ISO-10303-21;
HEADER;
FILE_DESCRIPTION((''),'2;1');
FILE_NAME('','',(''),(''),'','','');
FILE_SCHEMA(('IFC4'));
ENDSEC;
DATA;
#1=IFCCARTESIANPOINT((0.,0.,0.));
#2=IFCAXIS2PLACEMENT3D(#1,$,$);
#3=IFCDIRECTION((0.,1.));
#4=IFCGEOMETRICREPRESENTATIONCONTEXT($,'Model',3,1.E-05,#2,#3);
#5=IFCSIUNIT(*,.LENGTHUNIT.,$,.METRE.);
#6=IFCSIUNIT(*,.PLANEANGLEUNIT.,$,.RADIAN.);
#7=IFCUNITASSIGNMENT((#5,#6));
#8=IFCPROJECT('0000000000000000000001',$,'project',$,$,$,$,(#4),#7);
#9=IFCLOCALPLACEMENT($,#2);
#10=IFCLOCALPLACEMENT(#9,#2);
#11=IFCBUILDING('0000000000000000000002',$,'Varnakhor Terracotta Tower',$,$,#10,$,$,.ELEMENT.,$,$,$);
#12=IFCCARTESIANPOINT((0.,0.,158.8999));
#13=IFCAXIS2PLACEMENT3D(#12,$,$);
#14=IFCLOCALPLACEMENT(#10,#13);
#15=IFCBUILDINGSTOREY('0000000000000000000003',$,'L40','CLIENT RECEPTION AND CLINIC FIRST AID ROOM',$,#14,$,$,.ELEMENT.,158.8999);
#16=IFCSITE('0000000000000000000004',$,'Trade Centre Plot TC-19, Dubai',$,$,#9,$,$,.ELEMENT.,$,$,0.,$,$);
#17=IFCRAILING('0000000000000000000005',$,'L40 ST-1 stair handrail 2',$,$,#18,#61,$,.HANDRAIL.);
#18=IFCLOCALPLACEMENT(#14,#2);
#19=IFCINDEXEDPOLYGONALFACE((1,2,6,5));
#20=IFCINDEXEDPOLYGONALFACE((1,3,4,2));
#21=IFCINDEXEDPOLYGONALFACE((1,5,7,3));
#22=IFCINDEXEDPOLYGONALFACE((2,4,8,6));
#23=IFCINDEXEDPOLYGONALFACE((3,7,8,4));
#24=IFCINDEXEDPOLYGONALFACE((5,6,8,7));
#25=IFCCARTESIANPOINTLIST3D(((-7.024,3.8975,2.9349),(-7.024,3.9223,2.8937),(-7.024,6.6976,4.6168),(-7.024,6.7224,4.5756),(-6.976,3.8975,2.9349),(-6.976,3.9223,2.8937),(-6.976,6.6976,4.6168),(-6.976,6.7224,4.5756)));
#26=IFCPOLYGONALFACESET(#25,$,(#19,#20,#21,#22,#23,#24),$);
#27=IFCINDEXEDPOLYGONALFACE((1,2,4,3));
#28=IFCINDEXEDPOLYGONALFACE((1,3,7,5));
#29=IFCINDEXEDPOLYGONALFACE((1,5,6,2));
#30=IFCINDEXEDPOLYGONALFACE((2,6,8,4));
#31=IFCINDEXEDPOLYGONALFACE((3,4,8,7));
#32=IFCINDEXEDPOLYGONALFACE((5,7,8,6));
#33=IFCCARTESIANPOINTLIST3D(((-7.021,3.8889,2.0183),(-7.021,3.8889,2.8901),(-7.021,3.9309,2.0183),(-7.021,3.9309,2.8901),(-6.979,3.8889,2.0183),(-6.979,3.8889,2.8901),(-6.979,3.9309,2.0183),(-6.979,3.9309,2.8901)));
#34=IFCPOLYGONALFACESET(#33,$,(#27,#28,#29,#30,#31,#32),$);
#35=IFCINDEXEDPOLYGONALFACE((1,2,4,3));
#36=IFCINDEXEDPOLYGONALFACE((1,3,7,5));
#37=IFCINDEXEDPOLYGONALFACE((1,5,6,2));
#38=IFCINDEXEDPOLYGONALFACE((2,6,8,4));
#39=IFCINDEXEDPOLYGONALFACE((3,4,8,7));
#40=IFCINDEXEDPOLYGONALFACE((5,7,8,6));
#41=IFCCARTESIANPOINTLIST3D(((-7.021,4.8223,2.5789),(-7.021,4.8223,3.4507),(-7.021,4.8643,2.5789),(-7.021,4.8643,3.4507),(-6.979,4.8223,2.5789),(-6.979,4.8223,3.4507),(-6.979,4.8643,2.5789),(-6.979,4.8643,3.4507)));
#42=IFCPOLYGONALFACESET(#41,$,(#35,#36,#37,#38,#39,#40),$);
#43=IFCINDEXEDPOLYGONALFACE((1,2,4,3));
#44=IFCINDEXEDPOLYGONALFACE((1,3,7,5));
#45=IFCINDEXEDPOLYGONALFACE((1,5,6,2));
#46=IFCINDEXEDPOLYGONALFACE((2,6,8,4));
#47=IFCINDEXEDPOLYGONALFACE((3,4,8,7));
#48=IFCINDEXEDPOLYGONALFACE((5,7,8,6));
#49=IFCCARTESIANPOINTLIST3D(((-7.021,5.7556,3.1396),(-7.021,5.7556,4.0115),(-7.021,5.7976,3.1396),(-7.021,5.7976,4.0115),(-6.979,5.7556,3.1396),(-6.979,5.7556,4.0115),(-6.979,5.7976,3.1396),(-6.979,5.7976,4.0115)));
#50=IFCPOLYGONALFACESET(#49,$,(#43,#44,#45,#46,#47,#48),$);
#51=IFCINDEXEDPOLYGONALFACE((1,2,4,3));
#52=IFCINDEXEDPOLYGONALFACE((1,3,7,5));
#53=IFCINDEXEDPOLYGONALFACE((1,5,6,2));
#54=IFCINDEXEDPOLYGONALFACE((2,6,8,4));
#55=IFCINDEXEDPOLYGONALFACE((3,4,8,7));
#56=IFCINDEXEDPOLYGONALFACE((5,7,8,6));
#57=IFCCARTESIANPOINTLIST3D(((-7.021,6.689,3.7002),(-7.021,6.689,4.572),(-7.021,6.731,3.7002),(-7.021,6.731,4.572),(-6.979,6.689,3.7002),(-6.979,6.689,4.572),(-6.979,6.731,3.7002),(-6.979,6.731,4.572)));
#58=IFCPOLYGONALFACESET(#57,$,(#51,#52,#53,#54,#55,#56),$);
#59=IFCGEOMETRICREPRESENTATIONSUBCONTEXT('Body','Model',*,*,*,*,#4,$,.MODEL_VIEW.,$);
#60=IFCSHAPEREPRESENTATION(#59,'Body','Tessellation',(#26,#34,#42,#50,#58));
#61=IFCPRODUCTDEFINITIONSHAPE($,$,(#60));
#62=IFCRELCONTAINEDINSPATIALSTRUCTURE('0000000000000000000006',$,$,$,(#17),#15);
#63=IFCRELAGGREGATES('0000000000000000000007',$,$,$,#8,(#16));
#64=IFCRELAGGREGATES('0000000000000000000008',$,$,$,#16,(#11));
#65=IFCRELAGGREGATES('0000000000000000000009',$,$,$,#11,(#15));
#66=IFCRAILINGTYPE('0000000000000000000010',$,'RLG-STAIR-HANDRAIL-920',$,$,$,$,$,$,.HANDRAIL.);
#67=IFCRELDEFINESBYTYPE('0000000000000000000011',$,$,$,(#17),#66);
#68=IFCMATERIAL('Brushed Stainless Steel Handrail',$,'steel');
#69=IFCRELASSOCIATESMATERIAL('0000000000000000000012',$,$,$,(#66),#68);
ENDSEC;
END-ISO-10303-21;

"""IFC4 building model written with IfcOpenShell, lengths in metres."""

from ifc_helpers import new_model, si_unit, direction, frame, origin, origin_2d, place, context, subcontext, project, spatial, rectangle, extrude, material, type_object, element, save


model = new_model("IFC4")

# Units and contexts
model_context = context("Model", 3, precision=1e-05, world=origin(), true_north=direction((0.0, 1.0)))
body_context = subcontext(model_context, "Body", "Model", "MODEL_VIEW")
ifc_project = project(units=[si_unit("LENGTHUNIT", "METRE"), si_unit("PLANEANGLEUNIT", "RADIAN")], contexts=[model_context])

# Site, building, storey
site_placement = place(None, origin())
site = spatial("IfcSite", under=ifc_project, at=site_placement, Name="Trade Centre Plot TC-19, Dubai", CompositionType="ELEMENT", RefElevation=0.0)
building_placement = place(site_placement, origin())
building = spatial("IfcBuilding", under=site, at=building_placement, Name="Varnakhor Terracotta Tower", CompositionType="ELEMENT")
storey_placement = place(building_placement, frame((0.0, 0.0, 158.8999)))
storey = spatial("IfcBuildingStorey", under=building, at=storey_placement, Name="L40", Description="CLIENT RECEPTION AND CLINIC FIRST AID ROOM", CompositionType="ELEMENT", Elevation=158.8999)

# Railing
ifc_material_1 = material(Name="Brushed Stainless Steel Handrail", Category="steel")
railing_type_1 = type_object("IfcRailingType", Name="RLG-STAIR-HANDRAIL-920", PredefinedType="HANDRAIL", material=ifc_material_1)
railing_1_placement = place(storey_placement, frame((-7.0, 3.9099, 2.0183)))
element("IfcRailing", 1, at=railing_1_placement, inside=storey, type_object=railing_type_1, Name="L40 ST-1 stair handrail 2", PredefinedType="HANDRAIL", context=body_context, shape_type="SweptSolid", body=[
    extrude(rectangle(XDim=0.0481, YDim=0.0481, at=origin_2d()), frame((0.0, 0.0, 0.896), z_axis=(0.0, 0.857242, 0.514913), x_axis=(-1.0, 0.0, 0.0)), (0.0, 0.0, 1.0), 3.2664),
    extrude(rectangle(XDim=0.042, YDim=0.042, at=origin_2d()), origin(), (0.0, 0.0, 1.0), 0.8718),
    extrude(rectangle(XDim=0.042, YDim=0.042, at=origin_2d()), frame((0.0, 0.9333, 0.5605)), (0.0, 0.0, 1.0), 0.8718),
    extrude(rectangle(XDim=0.042, YDim=0.042, at=origin_2d()), frame((0.0, 1.8667, 1.1213)), (0.0, 0.0, 1.0), 0.8718),
    extrude(rectangle(XDim=0.042, YDim=0.042, at=origin_2d()), frame((0.0, 2.8, 1.6819)), (0.0, 0.0, 1.0), 0.8718),
])

save(model, "model.ifc")
